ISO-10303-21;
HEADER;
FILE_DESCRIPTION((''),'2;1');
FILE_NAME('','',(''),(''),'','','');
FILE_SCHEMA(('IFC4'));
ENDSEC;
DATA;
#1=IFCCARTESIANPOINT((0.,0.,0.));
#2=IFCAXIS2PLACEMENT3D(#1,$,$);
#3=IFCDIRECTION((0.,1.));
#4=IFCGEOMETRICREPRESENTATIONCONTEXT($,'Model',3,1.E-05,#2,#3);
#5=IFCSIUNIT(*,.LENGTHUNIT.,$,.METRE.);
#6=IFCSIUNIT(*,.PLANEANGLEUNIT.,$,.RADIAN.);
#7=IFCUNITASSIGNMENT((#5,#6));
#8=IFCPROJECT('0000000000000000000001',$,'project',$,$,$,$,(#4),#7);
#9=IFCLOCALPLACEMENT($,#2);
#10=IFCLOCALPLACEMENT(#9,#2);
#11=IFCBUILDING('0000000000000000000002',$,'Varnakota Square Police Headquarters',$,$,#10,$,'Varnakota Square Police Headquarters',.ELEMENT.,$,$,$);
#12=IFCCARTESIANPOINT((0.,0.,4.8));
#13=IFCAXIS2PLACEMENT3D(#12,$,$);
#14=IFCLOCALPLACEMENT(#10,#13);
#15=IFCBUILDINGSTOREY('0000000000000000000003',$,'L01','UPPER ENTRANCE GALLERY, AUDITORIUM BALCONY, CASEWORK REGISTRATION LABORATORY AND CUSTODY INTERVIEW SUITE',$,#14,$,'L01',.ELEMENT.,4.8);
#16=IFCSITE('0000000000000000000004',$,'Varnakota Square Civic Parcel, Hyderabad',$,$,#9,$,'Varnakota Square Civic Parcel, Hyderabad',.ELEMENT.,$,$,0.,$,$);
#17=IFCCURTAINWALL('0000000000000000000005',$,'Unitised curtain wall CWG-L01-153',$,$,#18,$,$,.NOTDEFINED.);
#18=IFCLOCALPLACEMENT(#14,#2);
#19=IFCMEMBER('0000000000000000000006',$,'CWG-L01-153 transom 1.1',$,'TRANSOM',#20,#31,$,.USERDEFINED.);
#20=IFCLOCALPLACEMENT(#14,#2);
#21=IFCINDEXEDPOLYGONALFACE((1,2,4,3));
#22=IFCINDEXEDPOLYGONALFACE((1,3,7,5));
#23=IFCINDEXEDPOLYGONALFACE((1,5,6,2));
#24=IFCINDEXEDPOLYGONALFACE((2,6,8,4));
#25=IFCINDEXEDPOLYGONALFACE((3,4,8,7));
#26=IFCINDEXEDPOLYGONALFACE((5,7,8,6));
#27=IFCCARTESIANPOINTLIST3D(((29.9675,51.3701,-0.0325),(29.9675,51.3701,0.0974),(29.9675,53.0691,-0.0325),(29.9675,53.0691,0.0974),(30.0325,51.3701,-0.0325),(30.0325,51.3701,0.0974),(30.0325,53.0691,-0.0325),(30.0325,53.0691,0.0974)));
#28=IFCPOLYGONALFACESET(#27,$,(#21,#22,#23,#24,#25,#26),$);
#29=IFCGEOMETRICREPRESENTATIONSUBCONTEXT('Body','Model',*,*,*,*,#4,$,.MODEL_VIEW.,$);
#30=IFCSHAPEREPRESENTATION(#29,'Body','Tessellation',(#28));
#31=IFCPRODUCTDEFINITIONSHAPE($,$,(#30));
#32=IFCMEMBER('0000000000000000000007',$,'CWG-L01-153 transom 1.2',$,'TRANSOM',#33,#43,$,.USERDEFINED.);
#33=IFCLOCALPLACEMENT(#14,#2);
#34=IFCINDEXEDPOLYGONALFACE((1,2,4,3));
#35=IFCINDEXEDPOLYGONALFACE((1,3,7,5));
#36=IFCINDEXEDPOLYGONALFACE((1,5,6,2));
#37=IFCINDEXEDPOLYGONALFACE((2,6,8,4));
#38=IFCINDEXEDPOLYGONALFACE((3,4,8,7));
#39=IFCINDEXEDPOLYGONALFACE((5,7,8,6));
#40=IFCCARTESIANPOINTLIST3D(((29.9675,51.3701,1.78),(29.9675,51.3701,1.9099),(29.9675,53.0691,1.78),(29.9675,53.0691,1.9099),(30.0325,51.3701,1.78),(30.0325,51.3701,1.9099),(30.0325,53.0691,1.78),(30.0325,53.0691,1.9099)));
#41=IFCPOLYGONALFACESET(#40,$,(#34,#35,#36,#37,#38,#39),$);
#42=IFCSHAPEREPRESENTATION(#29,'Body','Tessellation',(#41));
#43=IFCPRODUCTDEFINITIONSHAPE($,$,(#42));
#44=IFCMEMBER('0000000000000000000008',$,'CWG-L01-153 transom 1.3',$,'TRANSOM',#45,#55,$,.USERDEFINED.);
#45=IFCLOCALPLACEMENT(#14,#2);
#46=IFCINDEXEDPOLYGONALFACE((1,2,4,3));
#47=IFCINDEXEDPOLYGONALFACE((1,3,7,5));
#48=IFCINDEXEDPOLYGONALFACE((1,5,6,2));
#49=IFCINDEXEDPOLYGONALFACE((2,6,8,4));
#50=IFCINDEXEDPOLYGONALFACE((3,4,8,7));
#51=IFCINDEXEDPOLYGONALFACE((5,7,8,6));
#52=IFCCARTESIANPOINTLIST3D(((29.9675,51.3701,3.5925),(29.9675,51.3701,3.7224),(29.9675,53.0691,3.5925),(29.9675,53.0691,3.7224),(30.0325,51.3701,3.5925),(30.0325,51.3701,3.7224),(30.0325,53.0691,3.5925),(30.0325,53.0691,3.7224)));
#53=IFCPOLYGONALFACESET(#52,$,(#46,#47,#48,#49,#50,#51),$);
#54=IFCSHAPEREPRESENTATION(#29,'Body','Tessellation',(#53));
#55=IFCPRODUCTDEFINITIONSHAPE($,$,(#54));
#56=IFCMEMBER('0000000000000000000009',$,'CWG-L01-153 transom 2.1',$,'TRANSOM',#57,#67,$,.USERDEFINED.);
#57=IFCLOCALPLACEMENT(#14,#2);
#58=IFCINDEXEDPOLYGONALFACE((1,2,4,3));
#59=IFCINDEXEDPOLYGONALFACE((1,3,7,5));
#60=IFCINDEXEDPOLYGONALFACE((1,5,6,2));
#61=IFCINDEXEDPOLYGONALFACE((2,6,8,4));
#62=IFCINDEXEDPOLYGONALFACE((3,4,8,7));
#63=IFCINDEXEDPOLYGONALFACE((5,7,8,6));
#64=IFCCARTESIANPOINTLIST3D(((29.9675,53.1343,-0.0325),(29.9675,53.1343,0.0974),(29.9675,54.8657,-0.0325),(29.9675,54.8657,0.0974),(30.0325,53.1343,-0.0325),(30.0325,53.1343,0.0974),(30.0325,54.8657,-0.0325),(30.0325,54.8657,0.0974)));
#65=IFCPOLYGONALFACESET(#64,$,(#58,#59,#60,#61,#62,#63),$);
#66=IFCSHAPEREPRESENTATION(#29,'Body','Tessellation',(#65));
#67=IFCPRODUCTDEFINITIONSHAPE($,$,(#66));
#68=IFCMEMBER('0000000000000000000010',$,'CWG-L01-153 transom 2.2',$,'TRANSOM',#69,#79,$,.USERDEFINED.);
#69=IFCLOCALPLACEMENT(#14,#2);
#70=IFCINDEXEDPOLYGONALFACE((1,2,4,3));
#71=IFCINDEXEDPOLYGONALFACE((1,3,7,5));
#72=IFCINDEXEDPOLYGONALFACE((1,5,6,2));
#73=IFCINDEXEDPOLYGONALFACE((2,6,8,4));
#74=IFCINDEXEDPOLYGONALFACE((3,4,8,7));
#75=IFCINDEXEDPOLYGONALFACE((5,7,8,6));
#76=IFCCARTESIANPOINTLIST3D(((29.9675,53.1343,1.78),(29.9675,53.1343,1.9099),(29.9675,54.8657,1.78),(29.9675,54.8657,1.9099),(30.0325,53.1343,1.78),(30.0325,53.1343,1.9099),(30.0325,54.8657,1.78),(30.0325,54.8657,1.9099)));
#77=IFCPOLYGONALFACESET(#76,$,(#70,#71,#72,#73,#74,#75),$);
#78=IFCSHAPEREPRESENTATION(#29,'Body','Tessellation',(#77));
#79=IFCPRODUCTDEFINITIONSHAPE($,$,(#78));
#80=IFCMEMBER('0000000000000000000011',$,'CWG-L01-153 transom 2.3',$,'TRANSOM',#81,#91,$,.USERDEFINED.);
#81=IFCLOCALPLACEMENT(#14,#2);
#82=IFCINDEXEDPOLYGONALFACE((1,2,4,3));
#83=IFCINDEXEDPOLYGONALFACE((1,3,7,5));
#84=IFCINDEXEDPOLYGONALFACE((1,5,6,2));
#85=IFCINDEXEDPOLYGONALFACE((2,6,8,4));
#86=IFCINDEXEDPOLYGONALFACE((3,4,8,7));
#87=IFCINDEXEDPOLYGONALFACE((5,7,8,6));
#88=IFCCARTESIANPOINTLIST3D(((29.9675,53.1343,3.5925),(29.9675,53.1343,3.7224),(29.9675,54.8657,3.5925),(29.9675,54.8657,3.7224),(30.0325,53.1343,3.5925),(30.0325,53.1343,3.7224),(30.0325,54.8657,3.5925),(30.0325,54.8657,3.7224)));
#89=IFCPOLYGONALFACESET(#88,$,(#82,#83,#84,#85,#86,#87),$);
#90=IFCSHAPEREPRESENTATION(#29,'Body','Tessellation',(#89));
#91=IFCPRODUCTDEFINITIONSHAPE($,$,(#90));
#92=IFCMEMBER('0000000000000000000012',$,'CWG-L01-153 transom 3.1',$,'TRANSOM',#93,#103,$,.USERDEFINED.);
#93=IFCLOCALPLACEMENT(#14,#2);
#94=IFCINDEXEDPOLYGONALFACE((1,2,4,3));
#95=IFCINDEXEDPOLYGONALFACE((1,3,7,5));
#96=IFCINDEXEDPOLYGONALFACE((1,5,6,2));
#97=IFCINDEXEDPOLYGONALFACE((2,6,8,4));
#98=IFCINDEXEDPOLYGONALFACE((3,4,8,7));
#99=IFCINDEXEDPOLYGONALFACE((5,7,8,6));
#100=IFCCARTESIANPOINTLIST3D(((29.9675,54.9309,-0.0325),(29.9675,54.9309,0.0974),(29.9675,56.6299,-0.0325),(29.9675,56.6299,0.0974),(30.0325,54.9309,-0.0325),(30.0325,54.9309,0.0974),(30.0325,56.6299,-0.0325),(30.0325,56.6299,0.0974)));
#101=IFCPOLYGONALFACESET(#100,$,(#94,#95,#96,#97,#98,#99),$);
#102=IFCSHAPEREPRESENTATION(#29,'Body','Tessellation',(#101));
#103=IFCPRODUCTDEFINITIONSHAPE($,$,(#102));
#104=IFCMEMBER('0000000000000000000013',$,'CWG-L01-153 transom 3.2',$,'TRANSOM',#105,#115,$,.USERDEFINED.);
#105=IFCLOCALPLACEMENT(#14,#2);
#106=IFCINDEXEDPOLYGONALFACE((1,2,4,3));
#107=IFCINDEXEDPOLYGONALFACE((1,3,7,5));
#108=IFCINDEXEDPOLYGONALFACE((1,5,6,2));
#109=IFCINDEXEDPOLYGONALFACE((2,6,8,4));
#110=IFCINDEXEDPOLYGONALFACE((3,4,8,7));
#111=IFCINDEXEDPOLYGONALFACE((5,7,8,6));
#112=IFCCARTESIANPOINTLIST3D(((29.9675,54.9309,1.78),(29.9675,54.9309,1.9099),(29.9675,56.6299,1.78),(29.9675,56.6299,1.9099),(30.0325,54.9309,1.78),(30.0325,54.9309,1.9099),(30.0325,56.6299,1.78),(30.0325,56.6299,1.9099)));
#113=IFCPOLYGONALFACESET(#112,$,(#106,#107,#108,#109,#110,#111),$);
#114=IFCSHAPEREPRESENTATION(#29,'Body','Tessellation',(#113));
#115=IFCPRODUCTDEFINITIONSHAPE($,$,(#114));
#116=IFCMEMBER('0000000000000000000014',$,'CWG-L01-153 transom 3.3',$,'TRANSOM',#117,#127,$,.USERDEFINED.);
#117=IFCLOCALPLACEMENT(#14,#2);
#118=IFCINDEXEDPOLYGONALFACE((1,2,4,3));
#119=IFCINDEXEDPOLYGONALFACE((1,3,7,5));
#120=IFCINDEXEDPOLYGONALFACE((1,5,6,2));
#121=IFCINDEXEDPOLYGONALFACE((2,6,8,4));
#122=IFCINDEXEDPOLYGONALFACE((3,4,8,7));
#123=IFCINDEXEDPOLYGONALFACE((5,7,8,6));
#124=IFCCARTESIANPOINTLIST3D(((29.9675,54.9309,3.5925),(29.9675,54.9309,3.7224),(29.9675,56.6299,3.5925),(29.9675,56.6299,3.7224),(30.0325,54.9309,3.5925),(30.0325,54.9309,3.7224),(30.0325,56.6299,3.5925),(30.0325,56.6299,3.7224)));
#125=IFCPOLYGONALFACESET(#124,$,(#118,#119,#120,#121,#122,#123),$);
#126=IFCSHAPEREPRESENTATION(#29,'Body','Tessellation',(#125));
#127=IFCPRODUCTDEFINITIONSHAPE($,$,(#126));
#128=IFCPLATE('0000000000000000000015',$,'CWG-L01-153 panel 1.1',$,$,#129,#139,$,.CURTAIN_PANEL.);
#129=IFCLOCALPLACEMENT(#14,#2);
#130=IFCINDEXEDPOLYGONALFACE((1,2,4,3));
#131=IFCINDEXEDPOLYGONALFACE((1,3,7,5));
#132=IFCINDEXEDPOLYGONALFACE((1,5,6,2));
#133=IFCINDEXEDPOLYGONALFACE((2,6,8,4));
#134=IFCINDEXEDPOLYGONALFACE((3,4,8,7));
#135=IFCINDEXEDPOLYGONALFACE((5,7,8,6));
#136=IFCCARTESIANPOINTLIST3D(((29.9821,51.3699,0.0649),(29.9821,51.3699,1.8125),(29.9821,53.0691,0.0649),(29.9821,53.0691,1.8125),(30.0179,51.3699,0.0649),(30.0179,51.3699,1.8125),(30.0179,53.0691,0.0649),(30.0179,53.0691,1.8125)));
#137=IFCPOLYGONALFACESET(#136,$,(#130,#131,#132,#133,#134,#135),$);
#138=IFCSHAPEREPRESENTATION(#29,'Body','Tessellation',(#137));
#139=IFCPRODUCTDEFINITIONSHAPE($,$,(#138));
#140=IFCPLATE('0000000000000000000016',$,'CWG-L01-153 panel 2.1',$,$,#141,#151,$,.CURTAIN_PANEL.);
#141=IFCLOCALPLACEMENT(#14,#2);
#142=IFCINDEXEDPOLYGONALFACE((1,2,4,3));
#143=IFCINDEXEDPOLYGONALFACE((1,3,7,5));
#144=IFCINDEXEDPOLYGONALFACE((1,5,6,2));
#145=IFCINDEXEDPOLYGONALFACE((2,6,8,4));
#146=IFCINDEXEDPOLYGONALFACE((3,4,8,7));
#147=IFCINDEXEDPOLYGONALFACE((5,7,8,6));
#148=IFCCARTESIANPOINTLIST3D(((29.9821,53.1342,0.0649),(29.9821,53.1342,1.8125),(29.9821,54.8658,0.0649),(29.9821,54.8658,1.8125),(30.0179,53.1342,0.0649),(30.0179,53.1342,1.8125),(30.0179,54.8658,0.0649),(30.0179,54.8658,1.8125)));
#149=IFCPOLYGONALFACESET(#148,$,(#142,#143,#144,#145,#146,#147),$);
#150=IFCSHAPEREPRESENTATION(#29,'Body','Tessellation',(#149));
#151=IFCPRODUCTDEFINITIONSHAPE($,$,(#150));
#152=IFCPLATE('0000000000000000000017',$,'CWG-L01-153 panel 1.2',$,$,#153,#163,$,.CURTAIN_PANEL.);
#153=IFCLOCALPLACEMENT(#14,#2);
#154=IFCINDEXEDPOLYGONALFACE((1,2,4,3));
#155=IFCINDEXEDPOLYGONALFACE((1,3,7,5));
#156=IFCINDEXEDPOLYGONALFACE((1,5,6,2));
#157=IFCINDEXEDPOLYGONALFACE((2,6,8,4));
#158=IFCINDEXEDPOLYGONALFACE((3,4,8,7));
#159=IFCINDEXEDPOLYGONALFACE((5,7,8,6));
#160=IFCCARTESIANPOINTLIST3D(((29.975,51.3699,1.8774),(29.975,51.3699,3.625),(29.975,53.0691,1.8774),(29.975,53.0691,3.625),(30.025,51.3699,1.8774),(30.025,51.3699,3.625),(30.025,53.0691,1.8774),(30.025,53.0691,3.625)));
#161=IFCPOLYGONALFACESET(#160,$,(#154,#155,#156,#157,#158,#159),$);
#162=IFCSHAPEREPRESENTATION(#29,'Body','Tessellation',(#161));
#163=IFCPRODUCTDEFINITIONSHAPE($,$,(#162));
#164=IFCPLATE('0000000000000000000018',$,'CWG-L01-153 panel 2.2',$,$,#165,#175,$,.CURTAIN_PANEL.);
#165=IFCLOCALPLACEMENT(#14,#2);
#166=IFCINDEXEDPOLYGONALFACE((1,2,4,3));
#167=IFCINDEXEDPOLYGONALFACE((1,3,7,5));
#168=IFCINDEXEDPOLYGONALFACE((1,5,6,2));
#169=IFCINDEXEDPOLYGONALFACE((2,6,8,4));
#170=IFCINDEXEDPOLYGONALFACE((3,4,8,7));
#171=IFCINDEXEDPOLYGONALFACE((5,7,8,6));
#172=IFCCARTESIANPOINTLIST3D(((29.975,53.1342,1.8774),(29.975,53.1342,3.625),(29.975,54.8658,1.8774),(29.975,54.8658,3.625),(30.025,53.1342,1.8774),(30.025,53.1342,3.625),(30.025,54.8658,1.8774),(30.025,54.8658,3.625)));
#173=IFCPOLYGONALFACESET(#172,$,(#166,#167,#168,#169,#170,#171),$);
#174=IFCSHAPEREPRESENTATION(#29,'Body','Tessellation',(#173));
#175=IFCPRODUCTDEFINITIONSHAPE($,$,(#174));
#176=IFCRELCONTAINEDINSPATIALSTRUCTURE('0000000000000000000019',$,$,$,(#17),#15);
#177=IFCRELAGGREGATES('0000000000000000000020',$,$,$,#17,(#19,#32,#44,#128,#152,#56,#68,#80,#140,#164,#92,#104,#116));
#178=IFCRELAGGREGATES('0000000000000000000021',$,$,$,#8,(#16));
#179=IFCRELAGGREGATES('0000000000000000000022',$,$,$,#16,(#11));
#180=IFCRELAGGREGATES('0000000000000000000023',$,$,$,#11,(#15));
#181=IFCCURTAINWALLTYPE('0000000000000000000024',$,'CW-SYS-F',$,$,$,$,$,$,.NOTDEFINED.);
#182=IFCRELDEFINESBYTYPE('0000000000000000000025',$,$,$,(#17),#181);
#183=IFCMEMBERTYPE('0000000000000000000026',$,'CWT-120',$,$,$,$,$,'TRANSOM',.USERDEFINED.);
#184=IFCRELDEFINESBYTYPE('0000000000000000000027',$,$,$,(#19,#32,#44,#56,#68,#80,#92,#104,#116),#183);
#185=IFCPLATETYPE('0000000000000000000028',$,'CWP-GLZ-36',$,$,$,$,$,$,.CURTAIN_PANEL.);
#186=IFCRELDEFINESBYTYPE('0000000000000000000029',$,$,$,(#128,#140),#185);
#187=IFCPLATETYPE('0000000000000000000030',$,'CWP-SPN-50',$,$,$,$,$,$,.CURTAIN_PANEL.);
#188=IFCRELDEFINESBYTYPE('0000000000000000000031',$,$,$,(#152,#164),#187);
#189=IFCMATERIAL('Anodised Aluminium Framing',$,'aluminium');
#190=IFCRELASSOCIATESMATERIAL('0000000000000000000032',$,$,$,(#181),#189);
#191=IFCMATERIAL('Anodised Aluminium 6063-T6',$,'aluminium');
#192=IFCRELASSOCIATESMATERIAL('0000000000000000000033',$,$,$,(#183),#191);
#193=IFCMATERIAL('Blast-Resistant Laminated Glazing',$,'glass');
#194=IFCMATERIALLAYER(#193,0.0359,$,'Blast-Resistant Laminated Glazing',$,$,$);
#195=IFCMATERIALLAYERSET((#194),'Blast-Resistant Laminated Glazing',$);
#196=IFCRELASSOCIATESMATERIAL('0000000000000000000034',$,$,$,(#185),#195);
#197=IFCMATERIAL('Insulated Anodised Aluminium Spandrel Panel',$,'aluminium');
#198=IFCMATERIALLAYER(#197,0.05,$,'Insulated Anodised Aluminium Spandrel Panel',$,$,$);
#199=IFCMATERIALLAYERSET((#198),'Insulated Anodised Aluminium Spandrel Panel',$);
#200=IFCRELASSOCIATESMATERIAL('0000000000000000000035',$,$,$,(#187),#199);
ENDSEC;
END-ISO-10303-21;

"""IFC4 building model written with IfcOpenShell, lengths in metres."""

from ifc_helpers import new_model, si_unit, direction, frame, origin, origin_2d, place, context, subcontext, project, spatial, rectangle, extrude, material, layer, layer_set, material_profile, profile_set, type_object, element, aggregate, save


model = new_model("IFC4")

# Units and contexts
model_context = context("Model", 3, precision=1e-05, world=origin(), true_north=direction((0.0, 1.0)))
body_context = subcontext(model_context, "Body", "Model", "MODEL_VIEW")
ifc_project = project(units=[si_unit("LENGTHUNIT", "METRE"), si_unit("PLANEANGLEUNIT", "RADIAN")], contexts=[model_context])

# Site, building, storey
site_placement = place(None, origin())
site = spatial("IfcSite", under=ifc_project, at=site_placement, Name="Varnakota Square Civic Parcel, Hyderabad", LongName="Varnakota Square Civic Parcel, Hyderabad", CompositionType="ELEMENT", RefElevation=0.0)
building_placement = place(site_placement, origin())
building = spatial("IfcBuilding", under=site, at=building_placement, Name="Varnakota Square Police Headquarters", LongName="Varnakota Square Police Headquarters", CompositionType="ELEMENT")
storey_placement = place(building_placement, frame((0.0, 0.0, 4.8)))
storey = spatial("IfcBuildingStorey", under=building, at=storey_placement, Name="L01", Description="UPPER ENTRANCE GALLERY, AUDITORIUM BALCONY, CASEWORK REGISTRATION LABORATORY AND CUSTODY INTERVIEW SUITE", LongName="L01", CompositionType="ELEMENT", Elevation=4.8)

# Curtain wall, members, plates
ifc_material_1 = material(Name="Anodised Aluminium Framing", Category="aluminium")
curtain_wall_type = type_object("IfcCurtainWallType", Name="CW-SYS-F", PredefinedType="NOTDEFINED", material=ifc_material_1)
curtain_wall_placement = place(storey_placement, origin())
curtain_wall = element("IfcCurtainWall", 1, at=curtain_wall_placement, inside=storey, type_object=curtain_wall_type, Name="Unitised curtain wall CWG-L01-153", PredefinedType="NOTDEFINED")
ifc_material_2 = material(Name="Anodised Aluminium 6063-T6", Category="aluminium")
ifc_material_profile_1 = material_profile(ifc_material_2, rectangle(XDim=0.0649, YDim=0.1299, at=origin_2d()), Name="ALU TRANSOM 65x130")
ifc_profile_set_1 = profile_set([ifc_material_profile_1], Name="Anodised Aluminium 6063-T6")
member_type_1 = type_object("IfcMemberType", Name="CWT-120", ElementType="TRANSOM", PredefinedType="USERDEFINED", material=ifc_profile_set_1)
member_1_placement = place(storey_placement, frame((30.0, 51.3701, 0.0325), z_axis=(0.0, 1.0, 0.0), x_axis=(-1.0, 0.0, 0.0)))
member_1 = element("IfcMember", 2, at=member_1_placement, type_object=member_type_1, Name="CWG-L01-153 transom 1.1", ObjectType="TRANSOM", PredefinedType="USERDEFINED", context=body_context, shape_type="SweptSolid", body=[
    extrude(rectangle(XDim=0.0649, YDim=0.1299, at=origin_2d()), origin(), (0.0, 0.0, 1.0), 1.699),
])
member_2_placement = place(storey_placement, frame((30.0, 51.3701, 1.845), z_axis=(0.0, 1.0, 0.0), x_axis=(-1.0, 0.0, 0.0)))
member_2 = element("IfcMember", 3, at=member_2_placement, type_object=member_type_1, Name="CWG-L01-153 transom 1.2", ObjectType="TRANSOM", PredefinedType="USERDEFINED", context=body_context, shape_type="SweptSolid", body=[
    extrude(rectangle(XDim=0.0649, YDim=0.1299, at=origin_2d()), origin(), (0.0, 0.0, 1.0), 1.699),
])
member_3_placement = place(storey_placement, frame((30.0, 51.3701, 3.6575), z_axis=(0.0, 1.0, 0.0), x_axis=(-1.0, 0.0, 0.0)))
member_3 = element("IfcMember", 4, at=member_3_placement, type_object=member_type_1, Name="CWG-L01-153 transom 1.3", ObjectType="TRANSOM", PredefinedType="USERDEFINED", context=body_context, shape_type="SweptSolid", body=[
    extrude(rectangle(XDim=0.0649, YDim=0.1299, at=origin_2d()), origin(), (0.0, 0.0, 1.0), 1.699),
])
member_4_placement = place(storey_placement, frame((30.0, 53.1343, 0.0325), z_axis=(0.0, 1.0, 0.0), x_axis=(-1.0, 0.0, 0.0)))
member_4 = element("IfcMember", 5, at=member_4_placement, type_object=member_type_1, Name="CWG-L01-153 transom 2.1", ObjectType="TRANSOM", PredefinedType="USERDEFINED", context=body_context, shape_type="SweptSolid", body=[
    extrude(rectangle(XDim=0.0649, YDim=0.1299, at=origin_2d()), origin(), (0.0, 0.0, 1.0), 1.7314),
])
member_5_placement = place(storey_placement, frame((30.0, 53.1343, 1.845), z_axis=(0.0, 1.0, 0.0), x_axis=(-1.0, 0.0, 0.0)))
member_5 = element("IfcMember", 6, at=member_5_placement, type_object=member_type_1, Name="CWG-L01-153 transom 2.2", ObjectType="TRANSOM", PredefinedType="USERDEFINED", context=body_context, shape_type="SweptSolid", body=[
    extrude(rectangle(XDim=0.0649, YDim=0.1299, at=origin_2d()), origin(), (0.0, 0.0, 1.0), 1.7314),
])
member_6_placement = place(storey_placement, frame((30.0, 53.1343, 3.6575), z_axis=(0.0, 1.0, 0.0), x_axis=(-1.0, 0.0, 0.0)))
member_6 = element("IfcMember", 7, at=member_6_placement, type_object=member_type_1, Name="CWG-L01-153 transom 2.3", ObjectType="TRANSOM", PredefinedType="USERDEFINED", context=body_context, shape_type="SweptSolid", body=[
    extrude(rectangle(XDim=0.0649, YDim=0.1299, at=origin_2d()), origin(), (0.0, 0.0, 1.0), 1.7314),
])
member_7_placement = place(storey_placement, frame((30.0, 54.9309, 0.0325), z_axis=(0.0, 1.0, 0.0), x_axis=(-1.0, 0.0, 0.0)))
member_7 = element("IfcMember", 8, at=member_7_placement, type_object=member_type_1, Name="CWG-L01-153 transom 3.1", ObjectType="TRANSOM", PredefinedType="USERDEFINED", context=body_context, shape_type="SweptSolid", body=[
    extrude(rectangle(XDim=0.0649, YDim=0.1299, at=origin_2d()), origin(), (0.0, 0.0, 1.0), 1.699),
])
member_8_placement = place(storey_placement, frame((30.0, 54.9309, 1.845), z_axis=(0.0, 1.0, 0.0), x_axis=(-1.0, 0.0, 0.0)))
member_8 = element("IfcMember", 9, at=member_8_placement, type_object=member_type_1, Name="CWG-L01-153 transom 3.2", ObjectType="TRANSOM", PredefinedType="USERDEFINED", context=body_context, shape_type="SweptSolid", body=[
    extrude(rectangle(XDim=0.0649, YDim=0.1299, at=origin_2d()), origin(), (0.0, 0.0, 1.0), 1.699),
])
member_9_placement = place(storey_placement, frame((30.0, 54.9309, 3.6575), z_axis=(0.0, 1.0, 0.0), x_axis=(-1.0, 0.0, 0.0)))
member_9 = element("IfcMember", 10, at=member_9_placement, type_object=member_type_1, Name="CWG-L01-153 transom 3.3", ObjectType="TRANSOM", PredefinedType="USERDEFINED", context=body_context, shape_type="SweptSolid", body=[
    extrude(rectangle(XDim=0.0649, YDim=0.1299, at=origin_2d()), origin(), (0.0, 0.0, 1.0), 1.699),
])
ifc_material_3 = material(Name="Blast-Resistant Laminated Glazing", Category="glass")
ifc_layer_1 = layer(ifc_material_3, 0.0359, Name="Blast-Resistant Laminated Glazing")
ifc_layer_set_1 = layer_set([ifc_layer_1], Name="Blast-Resistant Laminated Glazing")
plate_type_1 = type_object("IfcPlateType", Name="CWP-GLZ-36", PredefinedType="CURTAIN_PANEL", material=ifc_layer_set_1)
plate_1_placement = place(storey_placement, frame((30.0, 52.2195, 0.0649), z_axis=(0.0, 0.0, 1.0), x_axis=(0.0, 1.0, 0.0)))
plate_1 = element("IfcPlate", 11, at=plate_1_placement, type_object=plate_type_1, Name="CWG-L01-153 panel 1.1", PredefinedType="CURTAIN_PANEL", context=body_context, shape_type="SweptSolid", body=[
    extrude(rectangle(XDim=1.6992, YDim=0.0359, at=origin_2d()), origin(), (0.0, 0.0, 1.0), 1.7476),
])
plate_2_placement = place(storey_placement, frame((30.0, 54.0, 0.0649), z_axis=(0.0, 0.0, 1.0), x_axis=(0.0, 1.0, 0.0)))
plate_2 = element("IfcPlate", 12, at=plate_2_placement, type_object=plate_type_1, Name="CWG-L01-153 panel 2.1", PredefinedType="CURTAIN_PANEL", context=body_context, shape_type="SweptSolid", body=[
    extrude(rectangle(XDim=1.7317, YDim=0.0359, at=origin_2d()), origin(), (0.0, 0.0, 1.0), 1.7476),
])
ifc_material_4 = material(Name="Insulated Anodised Aluminium Spandrel Panel", Category="aluminium")
ifc_layer_2 = layer(ifc_material_4, 0.05, Name="Insulated Anodised Aluminium Spandrel Panel")
ifc_layer_set_2 = layer_set([ifc_layer_2], Name="Insulated Anodised Aluminium Spandrel Panel")
plate_type_2 = type_object("IfcPlateType", Name="CWP-SPN-50", PredefinedType="CURTAIN_PANEL", material=ifc_layer_set_2)
plate_3_placement = place(storey_placement, frame((30.0, 52.2195, 1.8774), z_axis=(0.0, 0.0, 1.0), x_axis=(0.0, 1.0, 0.0)))
plate_3 = element("IfcPlate", 13, at=plate_3_placement, type_object=plate_type_2, Name="CWG-L01-153 panel 1.2", PredefinedType="CURTAIN_PANEL", context=body_context, shape_type="SweptSolid", body=[
    extrude(rectangle(XDim=1.6992, YDim=0.05, at=origin_2d()), origin(), (0.0, 0.0, 1.0), 1.7476),
])
plate_4_placement = place(storey_placement, frame((30.0, 54.0, 1.8774), z_axis=(0.0, 0.0, 1.0), x_axis=(0.0, 1.0, 0.0)))
plate_4 = element("IfcPlate", 14, at=plate_4_placement, type_object=plate_type_2, Name="CWG-L01-153 panel 2.2", PredefinedType="CURTAIN_PANEL", context=body_context, shape_type="SweptSolid", body=[
    extrude(rectangle(XDim=1.7317, YDim=0.05, at=origin_2d()), origin(), (0.0, 0.0, 1.0), 1.7476),
])
aggregate(curtain_wall, [member_1, member_2, member_3, plate_1, plate_3, member_4, member_5, member_6, plate_2, plate_4, member_7, member_8, member_9])

save(model, "model.ifc")
